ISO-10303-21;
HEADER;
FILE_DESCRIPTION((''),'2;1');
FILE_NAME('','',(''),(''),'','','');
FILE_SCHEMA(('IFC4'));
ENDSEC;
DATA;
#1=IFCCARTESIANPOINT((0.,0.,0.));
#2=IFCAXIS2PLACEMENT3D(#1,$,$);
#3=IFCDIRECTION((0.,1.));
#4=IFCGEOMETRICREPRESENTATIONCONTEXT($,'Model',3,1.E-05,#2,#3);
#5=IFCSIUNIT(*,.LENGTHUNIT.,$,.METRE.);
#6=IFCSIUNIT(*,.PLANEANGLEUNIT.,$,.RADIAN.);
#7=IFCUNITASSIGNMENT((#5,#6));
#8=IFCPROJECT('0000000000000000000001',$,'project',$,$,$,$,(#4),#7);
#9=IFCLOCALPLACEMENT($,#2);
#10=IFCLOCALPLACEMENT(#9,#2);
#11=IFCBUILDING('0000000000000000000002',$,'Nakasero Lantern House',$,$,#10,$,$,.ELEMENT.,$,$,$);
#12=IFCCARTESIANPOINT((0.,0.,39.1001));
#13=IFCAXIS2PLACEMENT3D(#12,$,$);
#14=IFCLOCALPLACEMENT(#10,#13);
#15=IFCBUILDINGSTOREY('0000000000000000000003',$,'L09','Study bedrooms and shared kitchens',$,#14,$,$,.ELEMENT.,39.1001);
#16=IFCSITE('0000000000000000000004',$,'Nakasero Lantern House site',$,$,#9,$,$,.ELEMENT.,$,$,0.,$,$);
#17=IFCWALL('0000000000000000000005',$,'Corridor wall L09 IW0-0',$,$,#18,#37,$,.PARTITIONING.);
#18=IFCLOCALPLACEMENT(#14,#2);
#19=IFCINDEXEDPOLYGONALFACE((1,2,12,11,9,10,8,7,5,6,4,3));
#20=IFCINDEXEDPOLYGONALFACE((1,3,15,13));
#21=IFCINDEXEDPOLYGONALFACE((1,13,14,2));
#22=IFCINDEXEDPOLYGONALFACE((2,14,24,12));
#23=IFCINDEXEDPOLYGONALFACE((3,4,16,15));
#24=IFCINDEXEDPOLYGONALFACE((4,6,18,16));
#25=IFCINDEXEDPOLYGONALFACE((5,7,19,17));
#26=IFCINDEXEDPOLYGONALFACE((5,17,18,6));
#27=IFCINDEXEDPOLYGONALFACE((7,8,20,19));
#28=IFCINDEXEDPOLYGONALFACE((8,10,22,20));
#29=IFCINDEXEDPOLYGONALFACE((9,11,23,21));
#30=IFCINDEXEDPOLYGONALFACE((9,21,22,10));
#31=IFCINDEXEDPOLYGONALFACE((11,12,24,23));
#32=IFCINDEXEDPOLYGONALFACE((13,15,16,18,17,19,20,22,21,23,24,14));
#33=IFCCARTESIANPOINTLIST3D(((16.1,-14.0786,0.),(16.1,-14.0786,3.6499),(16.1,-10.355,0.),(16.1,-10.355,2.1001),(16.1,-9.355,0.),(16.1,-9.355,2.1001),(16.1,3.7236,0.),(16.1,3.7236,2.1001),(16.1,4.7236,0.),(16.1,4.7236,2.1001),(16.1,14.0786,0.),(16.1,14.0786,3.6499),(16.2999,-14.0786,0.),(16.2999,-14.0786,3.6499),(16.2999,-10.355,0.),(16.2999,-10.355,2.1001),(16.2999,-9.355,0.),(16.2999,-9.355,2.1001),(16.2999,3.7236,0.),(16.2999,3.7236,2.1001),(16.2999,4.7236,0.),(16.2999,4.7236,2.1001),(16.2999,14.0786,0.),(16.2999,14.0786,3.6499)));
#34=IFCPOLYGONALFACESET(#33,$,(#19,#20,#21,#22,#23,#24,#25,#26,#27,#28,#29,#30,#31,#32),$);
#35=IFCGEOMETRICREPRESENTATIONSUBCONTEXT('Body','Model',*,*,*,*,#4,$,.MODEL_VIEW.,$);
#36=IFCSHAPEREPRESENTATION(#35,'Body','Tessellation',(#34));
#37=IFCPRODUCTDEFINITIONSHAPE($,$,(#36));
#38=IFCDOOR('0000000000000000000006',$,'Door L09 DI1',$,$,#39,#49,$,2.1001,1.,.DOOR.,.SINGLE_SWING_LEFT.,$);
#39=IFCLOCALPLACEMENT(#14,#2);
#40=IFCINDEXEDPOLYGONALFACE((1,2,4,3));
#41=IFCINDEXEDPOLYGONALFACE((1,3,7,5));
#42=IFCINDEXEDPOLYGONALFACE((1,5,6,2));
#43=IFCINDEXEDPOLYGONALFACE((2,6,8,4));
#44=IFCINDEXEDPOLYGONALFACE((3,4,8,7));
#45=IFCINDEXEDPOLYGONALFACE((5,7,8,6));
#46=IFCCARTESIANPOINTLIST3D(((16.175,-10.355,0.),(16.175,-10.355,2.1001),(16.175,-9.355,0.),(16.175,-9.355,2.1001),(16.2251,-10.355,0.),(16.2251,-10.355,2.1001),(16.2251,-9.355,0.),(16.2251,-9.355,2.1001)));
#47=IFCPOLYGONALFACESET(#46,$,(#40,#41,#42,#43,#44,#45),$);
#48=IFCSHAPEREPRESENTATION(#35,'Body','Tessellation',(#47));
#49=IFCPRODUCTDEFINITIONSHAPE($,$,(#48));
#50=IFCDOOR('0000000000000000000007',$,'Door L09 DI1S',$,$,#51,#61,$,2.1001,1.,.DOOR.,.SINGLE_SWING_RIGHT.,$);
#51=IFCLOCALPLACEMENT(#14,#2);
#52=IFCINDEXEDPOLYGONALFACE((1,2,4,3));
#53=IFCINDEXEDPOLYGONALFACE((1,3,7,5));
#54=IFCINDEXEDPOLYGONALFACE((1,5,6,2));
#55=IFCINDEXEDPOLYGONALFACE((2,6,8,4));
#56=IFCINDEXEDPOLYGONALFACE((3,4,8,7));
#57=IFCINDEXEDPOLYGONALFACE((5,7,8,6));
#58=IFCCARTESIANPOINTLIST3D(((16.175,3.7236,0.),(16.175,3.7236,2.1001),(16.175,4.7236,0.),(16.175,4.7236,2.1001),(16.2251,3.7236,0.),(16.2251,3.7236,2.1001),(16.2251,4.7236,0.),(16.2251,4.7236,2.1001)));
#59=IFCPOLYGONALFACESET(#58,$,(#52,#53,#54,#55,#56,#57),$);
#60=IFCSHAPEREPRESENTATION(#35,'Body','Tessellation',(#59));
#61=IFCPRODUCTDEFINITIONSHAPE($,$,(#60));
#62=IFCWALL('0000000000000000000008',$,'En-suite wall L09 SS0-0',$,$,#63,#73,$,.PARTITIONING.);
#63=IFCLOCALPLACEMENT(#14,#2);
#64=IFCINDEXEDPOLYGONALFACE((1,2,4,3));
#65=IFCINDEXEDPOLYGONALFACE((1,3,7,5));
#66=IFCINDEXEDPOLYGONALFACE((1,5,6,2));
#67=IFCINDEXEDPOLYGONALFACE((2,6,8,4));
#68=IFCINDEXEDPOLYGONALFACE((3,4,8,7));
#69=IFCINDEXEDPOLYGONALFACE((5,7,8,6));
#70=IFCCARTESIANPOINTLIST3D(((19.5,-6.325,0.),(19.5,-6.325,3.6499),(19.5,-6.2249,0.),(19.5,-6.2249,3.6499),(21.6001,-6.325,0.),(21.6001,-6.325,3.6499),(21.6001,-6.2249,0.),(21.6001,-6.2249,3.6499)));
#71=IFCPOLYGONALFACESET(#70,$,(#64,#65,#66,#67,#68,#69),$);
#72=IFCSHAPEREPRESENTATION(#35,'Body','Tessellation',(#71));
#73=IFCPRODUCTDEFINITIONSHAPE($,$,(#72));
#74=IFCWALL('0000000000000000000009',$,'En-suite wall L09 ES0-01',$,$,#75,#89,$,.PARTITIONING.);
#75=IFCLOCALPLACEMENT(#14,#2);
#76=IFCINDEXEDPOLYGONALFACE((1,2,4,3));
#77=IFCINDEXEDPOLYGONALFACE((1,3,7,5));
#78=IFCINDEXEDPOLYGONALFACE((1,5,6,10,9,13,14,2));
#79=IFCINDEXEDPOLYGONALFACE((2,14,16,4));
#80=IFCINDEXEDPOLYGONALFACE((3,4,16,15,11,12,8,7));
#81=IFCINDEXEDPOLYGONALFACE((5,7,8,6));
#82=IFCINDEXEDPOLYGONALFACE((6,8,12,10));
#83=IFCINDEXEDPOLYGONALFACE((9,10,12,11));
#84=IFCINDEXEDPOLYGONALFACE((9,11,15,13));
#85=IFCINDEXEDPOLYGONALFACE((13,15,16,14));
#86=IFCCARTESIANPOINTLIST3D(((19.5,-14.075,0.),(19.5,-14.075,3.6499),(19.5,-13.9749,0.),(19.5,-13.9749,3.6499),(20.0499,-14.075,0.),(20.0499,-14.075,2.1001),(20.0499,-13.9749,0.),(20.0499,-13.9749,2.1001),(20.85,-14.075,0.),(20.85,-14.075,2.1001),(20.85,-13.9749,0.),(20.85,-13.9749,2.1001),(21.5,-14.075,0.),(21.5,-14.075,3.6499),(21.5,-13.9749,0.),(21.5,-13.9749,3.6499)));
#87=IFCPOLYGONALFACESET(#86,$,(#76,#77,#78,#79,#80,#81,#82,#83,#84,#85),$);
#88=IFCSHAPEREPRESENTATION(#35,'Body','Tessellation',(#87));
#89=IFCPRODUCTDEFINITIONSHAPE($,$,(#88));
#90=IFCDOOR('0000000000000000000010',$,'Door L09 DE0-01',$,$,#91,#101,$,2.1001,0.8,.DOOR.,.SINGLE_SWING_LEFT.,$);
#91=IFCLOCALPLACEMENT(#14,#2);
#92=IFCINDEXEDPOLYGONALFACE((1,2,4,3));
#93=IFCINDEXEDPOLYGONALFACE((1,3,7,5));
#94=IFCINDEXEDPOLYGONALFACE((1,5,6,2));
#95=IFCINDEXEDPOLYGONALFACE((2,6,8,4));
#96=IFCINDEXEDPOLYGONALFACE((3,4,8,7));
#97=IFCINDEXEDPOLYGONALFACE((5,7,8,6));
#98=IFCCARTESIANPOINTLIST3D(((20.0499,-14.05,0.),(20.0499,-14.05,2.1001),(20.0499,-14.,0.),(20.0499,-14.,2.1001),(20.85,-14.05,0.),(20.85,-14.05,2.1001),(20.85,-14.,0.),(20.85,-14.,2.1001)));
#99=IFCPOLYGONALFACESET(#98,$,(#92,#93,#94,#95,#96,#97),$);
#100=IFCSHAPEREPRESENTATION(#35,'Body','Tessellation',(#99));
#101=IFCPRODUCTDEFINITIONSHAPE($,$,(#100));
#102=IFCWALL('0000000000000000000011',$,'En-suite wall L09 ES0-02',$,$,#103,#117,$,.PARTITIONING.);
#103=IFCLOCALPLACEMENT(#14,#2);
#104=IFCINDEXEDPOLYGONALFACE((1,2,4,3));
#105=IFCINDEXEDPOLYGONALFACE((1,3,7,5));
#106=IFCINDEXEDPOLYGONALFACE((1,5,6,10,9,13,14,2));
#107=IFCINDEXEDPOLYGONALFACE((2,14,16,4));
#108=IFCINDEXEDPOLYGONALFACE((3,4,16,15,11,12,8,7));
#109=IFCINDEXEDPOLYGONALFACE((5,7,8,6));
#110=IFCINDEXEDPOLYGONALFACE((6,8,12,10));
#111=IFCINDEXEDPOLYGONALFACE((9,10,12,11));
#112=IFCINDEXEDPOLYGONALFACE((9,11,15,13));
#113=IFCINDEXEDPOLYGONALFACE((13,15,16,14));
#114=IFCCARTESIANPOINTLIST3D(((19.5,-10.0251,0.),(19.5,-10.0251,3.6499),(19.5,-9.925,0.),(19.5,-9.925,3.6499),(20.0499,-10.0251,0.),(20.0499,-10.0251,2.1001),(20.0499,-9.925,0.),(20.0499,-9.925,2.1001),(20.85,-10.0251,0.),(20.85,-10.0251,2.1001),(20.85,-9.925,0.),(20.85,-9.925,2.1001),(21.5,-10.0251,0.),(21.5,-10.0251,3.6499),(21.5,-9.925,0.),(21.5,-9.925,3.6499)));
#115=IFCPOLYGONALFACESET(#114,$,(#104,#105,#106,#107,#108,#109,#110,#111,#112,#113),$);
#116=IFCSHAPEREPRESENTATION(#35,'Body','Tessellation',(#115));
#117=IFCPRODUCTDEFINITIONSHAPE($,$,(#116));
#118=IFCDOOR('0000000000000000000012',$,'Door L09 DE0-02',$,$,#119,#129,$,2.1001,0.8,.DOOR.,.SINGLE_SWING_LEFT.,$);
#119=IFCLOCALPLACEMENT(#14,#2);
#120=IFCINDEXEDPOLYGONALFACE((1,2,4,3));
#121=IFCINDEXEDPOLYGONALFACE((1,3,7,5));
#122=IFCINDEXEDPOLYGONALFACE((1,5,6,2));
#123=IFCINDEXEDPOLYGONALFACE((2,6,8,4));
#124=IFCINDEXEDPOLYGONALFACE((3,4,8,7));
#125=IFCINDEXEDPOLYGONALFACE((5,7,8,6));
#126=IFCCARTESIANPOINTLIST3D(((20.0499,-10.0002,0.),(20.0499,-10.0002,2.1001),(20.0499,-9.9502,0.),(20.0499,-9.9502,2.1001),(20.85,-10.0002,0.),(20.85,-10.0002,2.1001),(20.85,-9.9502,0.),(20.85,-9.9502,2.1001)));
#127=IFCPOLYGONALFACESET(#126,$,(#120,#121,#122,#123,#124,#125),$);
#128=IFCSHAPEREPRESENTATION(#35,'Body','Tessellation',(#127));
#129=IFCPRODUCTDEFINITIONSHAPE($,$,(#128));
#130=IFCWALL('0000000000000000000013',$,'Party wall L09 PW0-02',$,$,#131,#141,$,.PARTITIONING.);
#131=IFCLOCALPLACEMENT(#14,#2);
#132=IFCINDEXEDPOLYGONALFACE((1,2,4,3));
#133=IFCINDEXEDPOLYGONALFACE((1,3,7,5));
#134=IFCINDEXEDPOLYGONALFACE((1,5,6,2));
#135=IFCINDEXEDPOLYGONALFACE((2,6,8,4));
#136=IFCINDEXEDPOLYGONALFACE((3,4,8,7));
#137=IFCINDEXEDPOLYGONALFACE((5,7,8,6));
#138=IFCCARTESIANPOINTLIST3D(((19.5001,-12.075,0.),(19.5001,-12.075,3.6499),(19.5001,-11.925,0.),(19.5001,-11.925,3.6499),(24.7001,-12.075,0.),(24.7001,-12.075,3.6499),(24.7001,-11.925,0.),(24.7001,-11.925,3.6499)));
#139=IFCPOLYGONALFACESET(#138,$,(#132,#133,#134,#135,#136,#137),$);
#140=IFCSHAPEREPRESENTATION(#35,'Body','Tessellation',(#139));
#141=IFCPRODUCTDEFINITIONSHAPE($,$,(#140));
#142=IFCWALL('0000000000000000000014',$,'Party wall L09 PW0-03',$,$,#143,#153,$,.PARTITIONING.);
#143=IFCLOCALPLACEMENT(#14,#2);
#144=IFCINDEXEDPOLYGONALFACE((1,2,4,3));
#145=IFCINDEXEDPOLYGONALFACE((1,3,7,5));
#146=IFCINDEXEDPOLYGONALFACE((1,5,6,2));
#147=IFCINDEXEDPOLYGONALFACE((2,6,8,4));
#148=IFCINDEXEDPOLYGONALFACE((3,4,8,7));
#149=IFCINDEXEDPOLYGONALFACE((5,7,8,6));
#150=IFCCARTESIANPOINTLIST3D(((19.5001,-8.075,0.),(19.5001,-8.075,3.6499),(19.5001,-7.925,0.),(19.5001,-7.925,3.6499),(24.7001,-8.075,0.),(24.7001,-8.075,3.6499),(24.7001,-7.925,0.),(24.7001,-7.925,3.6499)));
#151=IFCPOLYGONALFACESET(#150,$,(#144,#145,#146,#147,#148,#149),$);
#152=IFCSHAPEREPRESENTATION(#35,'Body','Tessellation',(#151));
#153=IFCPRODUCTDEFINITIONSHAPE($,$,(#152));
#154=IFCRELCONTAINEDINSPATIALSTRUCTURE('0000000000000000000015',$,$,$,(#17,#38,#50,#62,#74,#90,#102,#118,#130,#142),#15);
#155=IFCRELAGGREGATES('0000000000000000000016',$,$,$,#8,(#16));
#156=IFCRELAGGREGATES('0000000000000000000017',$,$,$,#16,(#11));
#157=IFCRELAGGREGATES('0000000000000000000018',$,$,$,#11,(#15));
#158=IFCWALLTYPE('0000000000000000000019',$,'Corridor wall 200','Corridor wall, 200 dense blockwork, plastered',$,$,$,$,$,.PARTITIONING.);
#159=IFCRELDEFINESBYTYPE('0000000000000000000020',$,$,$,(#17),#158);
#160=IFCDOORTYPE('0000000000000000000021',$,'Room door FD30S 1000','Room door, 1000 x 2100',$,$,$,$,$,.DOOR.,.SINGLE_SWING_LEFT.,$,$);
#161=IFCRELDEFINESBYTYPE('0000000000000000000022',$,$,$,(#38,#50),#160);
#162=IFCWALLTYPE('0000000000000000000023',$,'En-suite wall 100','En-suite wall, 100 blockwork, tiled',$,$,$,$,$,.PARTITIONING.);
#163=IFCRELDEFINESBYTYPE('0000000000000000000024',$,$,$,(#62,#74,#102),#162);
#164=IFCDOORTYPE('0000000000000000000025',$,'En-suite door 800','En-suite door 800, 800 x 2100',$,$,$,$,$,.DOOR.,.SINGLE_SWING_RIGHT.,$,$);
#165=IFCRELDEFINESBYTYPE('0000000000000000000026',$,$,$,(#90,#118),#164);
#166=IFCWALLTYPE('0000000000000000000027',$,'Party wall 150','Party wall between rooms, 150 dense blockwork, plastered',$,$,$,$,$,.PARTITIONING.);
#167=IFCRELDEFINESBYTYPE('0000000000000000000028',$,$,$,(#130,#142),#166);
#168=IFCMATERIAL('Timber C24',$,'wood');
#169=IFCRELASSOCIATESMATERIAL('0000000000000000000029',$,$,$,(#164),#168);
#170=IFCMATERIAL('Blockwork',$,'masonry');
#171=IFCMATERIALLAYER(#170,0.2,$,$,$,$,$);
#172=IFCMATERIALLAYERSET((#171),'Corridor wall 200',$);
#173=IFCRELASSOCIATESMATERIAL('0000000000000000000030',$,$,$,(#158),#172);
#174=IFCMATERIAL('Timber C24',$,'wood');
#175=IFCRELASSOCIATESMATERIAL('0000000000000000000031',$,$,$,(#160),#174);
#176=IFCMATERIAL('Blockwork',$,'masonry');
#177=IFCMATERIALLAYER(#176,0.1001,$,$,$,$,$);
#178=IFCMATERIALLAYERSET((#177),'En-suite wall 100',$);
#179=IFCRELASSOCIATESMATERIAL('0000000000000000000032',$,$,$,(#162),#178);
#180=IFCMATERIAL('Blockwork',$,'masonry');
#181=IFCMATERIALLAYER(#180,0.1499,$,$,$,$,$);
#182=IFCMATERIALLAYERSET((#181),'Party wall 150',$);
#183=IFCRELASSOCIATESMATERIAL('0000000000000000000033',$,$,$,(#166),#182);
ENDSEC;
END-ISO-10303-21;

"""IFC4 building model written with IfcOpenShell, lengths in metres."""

from ifc_helpers import new_model, si_unit, direction, frame, frame_2d, origin, place, context, subcontext, project, spatial, rectangle, extrude, material, layer, layer_set, type_object, element, fill, save


model = new_model("IFC4")

# Units and contexts
model_context = context("Model", 3, precision=1e-05, world=origin(), true_north=direction((0.0, 1.0)))
body_context = subcontext(model_context, "Body", "Model", "MODEL_VIEW")
ifc_project = project(units=[si_unit("LENGTHUNIT", "METRE"), si_unit("PLANEANGLEUNIT", "RADIAN")], contexts=[model_context])

# Site, building, storey
site_placement = place(None, origin())
site = spatial("IfcSite", under=ifc_project, at=site_placement, Name="Nakasero Lantern House site", CompositionType="ELEMENT", RefElevation=0.0)
building_placement = place(site_placement, origin())
building = spatial("IfcBuilding", under=site, at=building_placement, Name="Nakasero Lantern House", CompositionType="ELEMENT")
storey_placement = place(building_placement, frame((0.0, 0.0, 39.1001)))
storey = spatial("IfcBuildingStorey", under=building, at=storey_placement, Name="L09", Description="Study bedrooms and shared kitchens", CompositionType="ELEMENT", Elevation=39.1001)

# Wall, openings, doors
ifc_material_1 = material(Name="Timber C24", Category="wood")
door_type_1 = type_object("IfcDoorType", Name="En-suite door 800", Description="En-suite door 800, 800 x 2100", OperationType="SINGLE_SWING_RIGHT", PredefinedType="DOOR", material=ifc_material_1)
ifc_material_2 = material(Name="Blockwork", Category="masonry")
ifc_layer_1 = layer(ifc_material_2, 0.2)
ifc_layer_set_1 = layer_set([ifc_layer_1], Name="Corridor wall 200")
wall_type_1 = type_object("IfcWallType", Name="Corridor wall 200", Description="Corridor wall, 200 dense blockwork, plastered", PredefinedType="PARTITIONING", material=ifc_layer_set_1)
wall_1_placement = place(storey_placement, frame((16.2, -14.0786, 0.0), z_axis=(0.0, 0.0, 1.0), x_axis=(0.0, 1.0, 0.0)))
wall_1 = element("IfcWall", 1, at=wall_1_placement, inside=storey, type_object=wall_type_1, Name="Corridor wall L09 IW0-0", PredefinedType="PARTITIONING", context=body_context, shape_type="SweptSolid", body=[
    extrude(rectangle(XDim=28.1572, YDim=0.2, at=frame_2d((14.0786, 0.0))), origin(), (0.0, 0.0, 1.0), 3.6499),
])
opening_1_placement = place(wall_1_placement, frame((3.7236, 0.0, 0.0)))
opening_1 = element("IfcOpeningElement", 2, at=opening_1_placement, cuts=wall_1, PredefinedType="OPENING", context=body_context, shape_type="SweptSolid", body=[
    extrude(rectangle(XDim=1.0, YDim=2.1001, at=frame_2d((0.5, 1.05))), frame((0.0, 0.1199, 0.0), z_axis=(0.0, -1.0, 0.0), x_axis=(1.0, 0.0, 0.0)), (0.0, 0.0, 1.0), 0.24),
])
opening_2_placement = place(wall_1_placement, frame((17.8022, 0.0, 0.0)))
opening_2 = element("IfcOpeningElement", 3, at=opening_2_placement, cuts=wall_1, PredefinedType="OPENING", context=body_context, shape_type="SweptSolid", body=[
    extrude(rectangle(XDim=1.0, YDim=2.1001, at=frame_2d((0.5, 1.05))), frame((0.0, 0.1199, 0.0), z_axis=(0.0, -1.0, 0.0), x_axis=(1.0, 0.0, 0.0)), (0.0, 0.0, 1.0), 0.24),
])
ifc_material_3 = material(Name="Timber C24", Category="wood")
door_type_2 = type_object("IfcDoorType", Name="Room door FD30S 1000", Description="Room door, 1000 x 2100", OperationType="SINGLE_SWING_LEFT", PredefinedType="DOOR", material=ifc_material_3)
door_1_placement = place(opening_1_placement, origin())
door_1 = element("IfcDoor", 4, at=door_1_placement, inside=storey, type_object=door_type_2, Name="Door L09 DI1", OperationType="SINGLE_SWING_LEFT", OverallHeight=2.1001, OverallWidth=1.0, PredefinedType="DOOR", context=body_context, shape_type="SweptSolid", body=[
    extrude(rectangle(XDim=1.0, YDim=2.1001, at=frame_2d((0.5, 1.05))), frame((0.0, 0.0249, 0.0), z_axis=(0.0, -1.0, 0.0), x_axis=(1.0, 0.0, 0.0)), (0.0, 0.0, 1.0), 0.05),
])
fill(opening_1, door_1)
door_2_placement = place(opening_2_placement, origin())
door_2 = element("IfcDoor", 5, at=door_2_placement, inside=storey, type_object=door_type_2, Name="Door L09 DI1S", OperationType="SINGLE_SWING_RIGHT", OverallHeight=2.1001, OverallWidth=1.0, PredefinedType="DOOR", context=body_context, shape_type="SweptSolid", body=[
    extrude(rectangle(XDim=1.0, YDim=2.1001, at=frame_2d((0.5, 1.05))), frame((0.0, 0.0249, 0.0), z_axis=(0.0, -1.0, 0.0), x_axis=(1.0, 0.0, 0.0)), (0.0, 0.0, 1.0), 0.05),
])
fill(opening_2, door_2)

# Wall
ifc_material_4 = material(Name="Blockwork", Category="masonry")
ifc_layer_2 = layer(ifc_material_4, 0.1001)
ifc_layer_set_2 = layer_set([ifc_layer_2], Name="En-suite wall 100")
wall_type_2 = type_object("IfcWallType", Name="En-suite wall 100", Description="En-suite wall, 100 blockwork, tiled", PredefinedType="PARTITIONING", material=ifc_layer_set_2)
wall_2_placement = place(storey_placement, frame((19.5, -6.2749, 0.0), z_axis=(0.0, 0.0, 1.0), x_axis=(1.0, 0.0, 0.0)))
element("IfcWall", 6, at=wall_2_placement, inside=storey, type_object=wall_type_2, Name="En-suite wall L09 SS0-0", PredefinedType="PARTITIONING", context=body_context, shape_type="SweptSolid", body=[
    extrude(rectangle(XDim=2.1001, YDim=0.1001, at=frame_2d((1.05, 0.0))), origin(), (0.0, 0.0, 1.0), 3.6499),
])

# Walls, openings, doors
wall_3_placement = place(storey_placement, frame((19.5, -14.0249, 0.0), z_axis=(0.0, 0.0, 1.0), x_axis=(1.0, 0.0, 0.0)))
wall_3 = element("IfcWall", 7, at=wall_3_placement, inside=storey, type_object=wall_type_2, Name="En-suite wall L09 ES0-01", PredefinedType="PARTITIONING", context=body_context, shape_type="SweptSolid", body=[
    extrude(rectangle(XDim=2.0, YDim=0.1001, at=frame_2d((1.0, 0.0))), origin(), (0.0, 0.0, 1.0), 3.6499),
])
opening_3_placement = place(wall_3_placement, frame((0.55, 0.0, 0.0)))
opening_3 = element("IfcOpeningElement", 8, at=opening_3_placement, cuts=wall_3, PredefinedType="OPENING", context=body_context, shape_type="SweptSolid", body=[
    extrude(rectangle(XDim=0.8, YDim=2.1001, at=frame_2d((0.3999, 1.05))), frame((0.0, 0.0701, 0.0), z_axis=(0.0, -1.0, 0.0), x_axis=(1.0, 0.0, 0.0)), (0.0, 0.0, 1.0), 0.1401),
])
door_3_placement = place(opening_3_placement, origin())
door_3 = element("IfcDoor", 9, at=door_3_placement, inside=storey, type_object=door_type_1, Name="Door L09 DE0-01", OperationType="SINGLE_SWING_LEFT", OverallHeight=2.1001, OverallWidth=0.8, PredefinedType="DOOR", context=body_context, shape_type="SweptSolid", body=[
    extrude(rectangle(XDim=0.8, YDim=2.1001, at=frame_2d((0.3999, 1.05))), frame((0.0, 0.0249, 0.0), z_axis=(0.0, -1.0, 0.0), x_axis=(1.0, 0.0, 0.0)), (0.0, 0.0, 1.0), 0.05),
])
fill(opening_3, door_3)
wall_4_placement = place(storey_placement, frame((19.5, -9.9751, 0.0), z_axis=(0.0, 0.0, 1.0), x_axis=(1.0, 0.0, 0.0)))
wall_4 = element("IfcWall", 10, at=wall_4_placement, inside=storey, type_object=wall_type_2, Name="En-suite wall L09 ES0-02", PredefinedType="PARTITIONING", context=body_context, shape_type="SweptSolid", body=[
    extrude(rectangle(XDim=2.0, YDim=0.1001, at=frame_2d((1.0, 0.0))), origin(), (0.0, 0.0, 1.0), 3.6499),
])
opening_4_placement = place(wall_4_placement, frame((0.55, 0.0, 0.0)))
opening_4 = element("IfcOpeningElement", 11, at=opening_4_placement, cuts=wall_4, PredefinedType="OPENING", context=body_context, shape_type="SweptSolid", body=[
    extrude(rectangle(XDim=0.8, YDim=2.1001, at=frame_2d((0.3999, 1.05))), frame((0.0, 0.0701, 0.0), z_axis=(0.0, -1.0, 0.0), x_axis=(1.0, 0.0, 0.0)), (0.0, 0.0, 1.0), 0.1401),
])
door_4_placement = place(opening_4_placement, origin())
door_4 = element("IfcDoor", 12, at=door_4_placement, inside=storey, type_object=door_type_1, Name="Door L09 DE0-02", OperationType="SINGLE_SWING_LEFT", OverallHeight=2.1001, OverallWidth=0.8, PredefinedType="DOOR", context=body_context, shape_type="SweptSolid", body=[
    extrude(rectangle(XDim=0.8, YDim=2.1001, at=frame_2d((0.3999, 1.05))), frame((0.0, 0.0249, 0.0), z_axis=(0.0, -1.0, 0.0), x_axis=(1.0, 0.0, 0.0)), (0.0, 0.0, 1.0), 0.05),
])
fill(opening_4, door_4)

# Walls
ifc_material_5 = material(Name="Blockwork", Category="masonry")
ifc_layer_3 = layer(ifc_material_5, 0.1499)
ifc_layer_set_3 = layer_set([ifc_layer_3], Name="Party wall 150")
wall_type_3 = type_object("IfcWallType", Name="Party wall 150", Description="Party wall between rooms, 150 dense blockwork, plastered", PredefinedType="PARTITIONING", material=ifc_layer_set_3)
for number, where, z_axis, x_axis, name in (
    (13, (19.5, -12.0, 0.0), (0.0, 0.0, 1.0), (1.0, 0.0, 0.0), "Party wall L09 PW0-02"),
    (14, (19.5, -8.0, 0.0), (0.0, 0.0, 1.0), (1.0, 0.0, 0.0), "Party wall L09 PW0-03"),
):
    element("IfcWall", number, at=place(storey_placement, frame(where, z_axis=z_axis, x_axis=x_axis)), inside=storey, type_object=wall_type_3, Name=name, PredefinedType="PARTITIONING", context=body_context, shape_type="SweptSolid", body=[
        extrude(rectangle(XDim=5.2, YDim=0.1499, at=frame_2d((2.6001, 0.0))), origin(), (0.0, 0.0, 1.0), 3.6499),
    ])

save(model, "model.ifc")
